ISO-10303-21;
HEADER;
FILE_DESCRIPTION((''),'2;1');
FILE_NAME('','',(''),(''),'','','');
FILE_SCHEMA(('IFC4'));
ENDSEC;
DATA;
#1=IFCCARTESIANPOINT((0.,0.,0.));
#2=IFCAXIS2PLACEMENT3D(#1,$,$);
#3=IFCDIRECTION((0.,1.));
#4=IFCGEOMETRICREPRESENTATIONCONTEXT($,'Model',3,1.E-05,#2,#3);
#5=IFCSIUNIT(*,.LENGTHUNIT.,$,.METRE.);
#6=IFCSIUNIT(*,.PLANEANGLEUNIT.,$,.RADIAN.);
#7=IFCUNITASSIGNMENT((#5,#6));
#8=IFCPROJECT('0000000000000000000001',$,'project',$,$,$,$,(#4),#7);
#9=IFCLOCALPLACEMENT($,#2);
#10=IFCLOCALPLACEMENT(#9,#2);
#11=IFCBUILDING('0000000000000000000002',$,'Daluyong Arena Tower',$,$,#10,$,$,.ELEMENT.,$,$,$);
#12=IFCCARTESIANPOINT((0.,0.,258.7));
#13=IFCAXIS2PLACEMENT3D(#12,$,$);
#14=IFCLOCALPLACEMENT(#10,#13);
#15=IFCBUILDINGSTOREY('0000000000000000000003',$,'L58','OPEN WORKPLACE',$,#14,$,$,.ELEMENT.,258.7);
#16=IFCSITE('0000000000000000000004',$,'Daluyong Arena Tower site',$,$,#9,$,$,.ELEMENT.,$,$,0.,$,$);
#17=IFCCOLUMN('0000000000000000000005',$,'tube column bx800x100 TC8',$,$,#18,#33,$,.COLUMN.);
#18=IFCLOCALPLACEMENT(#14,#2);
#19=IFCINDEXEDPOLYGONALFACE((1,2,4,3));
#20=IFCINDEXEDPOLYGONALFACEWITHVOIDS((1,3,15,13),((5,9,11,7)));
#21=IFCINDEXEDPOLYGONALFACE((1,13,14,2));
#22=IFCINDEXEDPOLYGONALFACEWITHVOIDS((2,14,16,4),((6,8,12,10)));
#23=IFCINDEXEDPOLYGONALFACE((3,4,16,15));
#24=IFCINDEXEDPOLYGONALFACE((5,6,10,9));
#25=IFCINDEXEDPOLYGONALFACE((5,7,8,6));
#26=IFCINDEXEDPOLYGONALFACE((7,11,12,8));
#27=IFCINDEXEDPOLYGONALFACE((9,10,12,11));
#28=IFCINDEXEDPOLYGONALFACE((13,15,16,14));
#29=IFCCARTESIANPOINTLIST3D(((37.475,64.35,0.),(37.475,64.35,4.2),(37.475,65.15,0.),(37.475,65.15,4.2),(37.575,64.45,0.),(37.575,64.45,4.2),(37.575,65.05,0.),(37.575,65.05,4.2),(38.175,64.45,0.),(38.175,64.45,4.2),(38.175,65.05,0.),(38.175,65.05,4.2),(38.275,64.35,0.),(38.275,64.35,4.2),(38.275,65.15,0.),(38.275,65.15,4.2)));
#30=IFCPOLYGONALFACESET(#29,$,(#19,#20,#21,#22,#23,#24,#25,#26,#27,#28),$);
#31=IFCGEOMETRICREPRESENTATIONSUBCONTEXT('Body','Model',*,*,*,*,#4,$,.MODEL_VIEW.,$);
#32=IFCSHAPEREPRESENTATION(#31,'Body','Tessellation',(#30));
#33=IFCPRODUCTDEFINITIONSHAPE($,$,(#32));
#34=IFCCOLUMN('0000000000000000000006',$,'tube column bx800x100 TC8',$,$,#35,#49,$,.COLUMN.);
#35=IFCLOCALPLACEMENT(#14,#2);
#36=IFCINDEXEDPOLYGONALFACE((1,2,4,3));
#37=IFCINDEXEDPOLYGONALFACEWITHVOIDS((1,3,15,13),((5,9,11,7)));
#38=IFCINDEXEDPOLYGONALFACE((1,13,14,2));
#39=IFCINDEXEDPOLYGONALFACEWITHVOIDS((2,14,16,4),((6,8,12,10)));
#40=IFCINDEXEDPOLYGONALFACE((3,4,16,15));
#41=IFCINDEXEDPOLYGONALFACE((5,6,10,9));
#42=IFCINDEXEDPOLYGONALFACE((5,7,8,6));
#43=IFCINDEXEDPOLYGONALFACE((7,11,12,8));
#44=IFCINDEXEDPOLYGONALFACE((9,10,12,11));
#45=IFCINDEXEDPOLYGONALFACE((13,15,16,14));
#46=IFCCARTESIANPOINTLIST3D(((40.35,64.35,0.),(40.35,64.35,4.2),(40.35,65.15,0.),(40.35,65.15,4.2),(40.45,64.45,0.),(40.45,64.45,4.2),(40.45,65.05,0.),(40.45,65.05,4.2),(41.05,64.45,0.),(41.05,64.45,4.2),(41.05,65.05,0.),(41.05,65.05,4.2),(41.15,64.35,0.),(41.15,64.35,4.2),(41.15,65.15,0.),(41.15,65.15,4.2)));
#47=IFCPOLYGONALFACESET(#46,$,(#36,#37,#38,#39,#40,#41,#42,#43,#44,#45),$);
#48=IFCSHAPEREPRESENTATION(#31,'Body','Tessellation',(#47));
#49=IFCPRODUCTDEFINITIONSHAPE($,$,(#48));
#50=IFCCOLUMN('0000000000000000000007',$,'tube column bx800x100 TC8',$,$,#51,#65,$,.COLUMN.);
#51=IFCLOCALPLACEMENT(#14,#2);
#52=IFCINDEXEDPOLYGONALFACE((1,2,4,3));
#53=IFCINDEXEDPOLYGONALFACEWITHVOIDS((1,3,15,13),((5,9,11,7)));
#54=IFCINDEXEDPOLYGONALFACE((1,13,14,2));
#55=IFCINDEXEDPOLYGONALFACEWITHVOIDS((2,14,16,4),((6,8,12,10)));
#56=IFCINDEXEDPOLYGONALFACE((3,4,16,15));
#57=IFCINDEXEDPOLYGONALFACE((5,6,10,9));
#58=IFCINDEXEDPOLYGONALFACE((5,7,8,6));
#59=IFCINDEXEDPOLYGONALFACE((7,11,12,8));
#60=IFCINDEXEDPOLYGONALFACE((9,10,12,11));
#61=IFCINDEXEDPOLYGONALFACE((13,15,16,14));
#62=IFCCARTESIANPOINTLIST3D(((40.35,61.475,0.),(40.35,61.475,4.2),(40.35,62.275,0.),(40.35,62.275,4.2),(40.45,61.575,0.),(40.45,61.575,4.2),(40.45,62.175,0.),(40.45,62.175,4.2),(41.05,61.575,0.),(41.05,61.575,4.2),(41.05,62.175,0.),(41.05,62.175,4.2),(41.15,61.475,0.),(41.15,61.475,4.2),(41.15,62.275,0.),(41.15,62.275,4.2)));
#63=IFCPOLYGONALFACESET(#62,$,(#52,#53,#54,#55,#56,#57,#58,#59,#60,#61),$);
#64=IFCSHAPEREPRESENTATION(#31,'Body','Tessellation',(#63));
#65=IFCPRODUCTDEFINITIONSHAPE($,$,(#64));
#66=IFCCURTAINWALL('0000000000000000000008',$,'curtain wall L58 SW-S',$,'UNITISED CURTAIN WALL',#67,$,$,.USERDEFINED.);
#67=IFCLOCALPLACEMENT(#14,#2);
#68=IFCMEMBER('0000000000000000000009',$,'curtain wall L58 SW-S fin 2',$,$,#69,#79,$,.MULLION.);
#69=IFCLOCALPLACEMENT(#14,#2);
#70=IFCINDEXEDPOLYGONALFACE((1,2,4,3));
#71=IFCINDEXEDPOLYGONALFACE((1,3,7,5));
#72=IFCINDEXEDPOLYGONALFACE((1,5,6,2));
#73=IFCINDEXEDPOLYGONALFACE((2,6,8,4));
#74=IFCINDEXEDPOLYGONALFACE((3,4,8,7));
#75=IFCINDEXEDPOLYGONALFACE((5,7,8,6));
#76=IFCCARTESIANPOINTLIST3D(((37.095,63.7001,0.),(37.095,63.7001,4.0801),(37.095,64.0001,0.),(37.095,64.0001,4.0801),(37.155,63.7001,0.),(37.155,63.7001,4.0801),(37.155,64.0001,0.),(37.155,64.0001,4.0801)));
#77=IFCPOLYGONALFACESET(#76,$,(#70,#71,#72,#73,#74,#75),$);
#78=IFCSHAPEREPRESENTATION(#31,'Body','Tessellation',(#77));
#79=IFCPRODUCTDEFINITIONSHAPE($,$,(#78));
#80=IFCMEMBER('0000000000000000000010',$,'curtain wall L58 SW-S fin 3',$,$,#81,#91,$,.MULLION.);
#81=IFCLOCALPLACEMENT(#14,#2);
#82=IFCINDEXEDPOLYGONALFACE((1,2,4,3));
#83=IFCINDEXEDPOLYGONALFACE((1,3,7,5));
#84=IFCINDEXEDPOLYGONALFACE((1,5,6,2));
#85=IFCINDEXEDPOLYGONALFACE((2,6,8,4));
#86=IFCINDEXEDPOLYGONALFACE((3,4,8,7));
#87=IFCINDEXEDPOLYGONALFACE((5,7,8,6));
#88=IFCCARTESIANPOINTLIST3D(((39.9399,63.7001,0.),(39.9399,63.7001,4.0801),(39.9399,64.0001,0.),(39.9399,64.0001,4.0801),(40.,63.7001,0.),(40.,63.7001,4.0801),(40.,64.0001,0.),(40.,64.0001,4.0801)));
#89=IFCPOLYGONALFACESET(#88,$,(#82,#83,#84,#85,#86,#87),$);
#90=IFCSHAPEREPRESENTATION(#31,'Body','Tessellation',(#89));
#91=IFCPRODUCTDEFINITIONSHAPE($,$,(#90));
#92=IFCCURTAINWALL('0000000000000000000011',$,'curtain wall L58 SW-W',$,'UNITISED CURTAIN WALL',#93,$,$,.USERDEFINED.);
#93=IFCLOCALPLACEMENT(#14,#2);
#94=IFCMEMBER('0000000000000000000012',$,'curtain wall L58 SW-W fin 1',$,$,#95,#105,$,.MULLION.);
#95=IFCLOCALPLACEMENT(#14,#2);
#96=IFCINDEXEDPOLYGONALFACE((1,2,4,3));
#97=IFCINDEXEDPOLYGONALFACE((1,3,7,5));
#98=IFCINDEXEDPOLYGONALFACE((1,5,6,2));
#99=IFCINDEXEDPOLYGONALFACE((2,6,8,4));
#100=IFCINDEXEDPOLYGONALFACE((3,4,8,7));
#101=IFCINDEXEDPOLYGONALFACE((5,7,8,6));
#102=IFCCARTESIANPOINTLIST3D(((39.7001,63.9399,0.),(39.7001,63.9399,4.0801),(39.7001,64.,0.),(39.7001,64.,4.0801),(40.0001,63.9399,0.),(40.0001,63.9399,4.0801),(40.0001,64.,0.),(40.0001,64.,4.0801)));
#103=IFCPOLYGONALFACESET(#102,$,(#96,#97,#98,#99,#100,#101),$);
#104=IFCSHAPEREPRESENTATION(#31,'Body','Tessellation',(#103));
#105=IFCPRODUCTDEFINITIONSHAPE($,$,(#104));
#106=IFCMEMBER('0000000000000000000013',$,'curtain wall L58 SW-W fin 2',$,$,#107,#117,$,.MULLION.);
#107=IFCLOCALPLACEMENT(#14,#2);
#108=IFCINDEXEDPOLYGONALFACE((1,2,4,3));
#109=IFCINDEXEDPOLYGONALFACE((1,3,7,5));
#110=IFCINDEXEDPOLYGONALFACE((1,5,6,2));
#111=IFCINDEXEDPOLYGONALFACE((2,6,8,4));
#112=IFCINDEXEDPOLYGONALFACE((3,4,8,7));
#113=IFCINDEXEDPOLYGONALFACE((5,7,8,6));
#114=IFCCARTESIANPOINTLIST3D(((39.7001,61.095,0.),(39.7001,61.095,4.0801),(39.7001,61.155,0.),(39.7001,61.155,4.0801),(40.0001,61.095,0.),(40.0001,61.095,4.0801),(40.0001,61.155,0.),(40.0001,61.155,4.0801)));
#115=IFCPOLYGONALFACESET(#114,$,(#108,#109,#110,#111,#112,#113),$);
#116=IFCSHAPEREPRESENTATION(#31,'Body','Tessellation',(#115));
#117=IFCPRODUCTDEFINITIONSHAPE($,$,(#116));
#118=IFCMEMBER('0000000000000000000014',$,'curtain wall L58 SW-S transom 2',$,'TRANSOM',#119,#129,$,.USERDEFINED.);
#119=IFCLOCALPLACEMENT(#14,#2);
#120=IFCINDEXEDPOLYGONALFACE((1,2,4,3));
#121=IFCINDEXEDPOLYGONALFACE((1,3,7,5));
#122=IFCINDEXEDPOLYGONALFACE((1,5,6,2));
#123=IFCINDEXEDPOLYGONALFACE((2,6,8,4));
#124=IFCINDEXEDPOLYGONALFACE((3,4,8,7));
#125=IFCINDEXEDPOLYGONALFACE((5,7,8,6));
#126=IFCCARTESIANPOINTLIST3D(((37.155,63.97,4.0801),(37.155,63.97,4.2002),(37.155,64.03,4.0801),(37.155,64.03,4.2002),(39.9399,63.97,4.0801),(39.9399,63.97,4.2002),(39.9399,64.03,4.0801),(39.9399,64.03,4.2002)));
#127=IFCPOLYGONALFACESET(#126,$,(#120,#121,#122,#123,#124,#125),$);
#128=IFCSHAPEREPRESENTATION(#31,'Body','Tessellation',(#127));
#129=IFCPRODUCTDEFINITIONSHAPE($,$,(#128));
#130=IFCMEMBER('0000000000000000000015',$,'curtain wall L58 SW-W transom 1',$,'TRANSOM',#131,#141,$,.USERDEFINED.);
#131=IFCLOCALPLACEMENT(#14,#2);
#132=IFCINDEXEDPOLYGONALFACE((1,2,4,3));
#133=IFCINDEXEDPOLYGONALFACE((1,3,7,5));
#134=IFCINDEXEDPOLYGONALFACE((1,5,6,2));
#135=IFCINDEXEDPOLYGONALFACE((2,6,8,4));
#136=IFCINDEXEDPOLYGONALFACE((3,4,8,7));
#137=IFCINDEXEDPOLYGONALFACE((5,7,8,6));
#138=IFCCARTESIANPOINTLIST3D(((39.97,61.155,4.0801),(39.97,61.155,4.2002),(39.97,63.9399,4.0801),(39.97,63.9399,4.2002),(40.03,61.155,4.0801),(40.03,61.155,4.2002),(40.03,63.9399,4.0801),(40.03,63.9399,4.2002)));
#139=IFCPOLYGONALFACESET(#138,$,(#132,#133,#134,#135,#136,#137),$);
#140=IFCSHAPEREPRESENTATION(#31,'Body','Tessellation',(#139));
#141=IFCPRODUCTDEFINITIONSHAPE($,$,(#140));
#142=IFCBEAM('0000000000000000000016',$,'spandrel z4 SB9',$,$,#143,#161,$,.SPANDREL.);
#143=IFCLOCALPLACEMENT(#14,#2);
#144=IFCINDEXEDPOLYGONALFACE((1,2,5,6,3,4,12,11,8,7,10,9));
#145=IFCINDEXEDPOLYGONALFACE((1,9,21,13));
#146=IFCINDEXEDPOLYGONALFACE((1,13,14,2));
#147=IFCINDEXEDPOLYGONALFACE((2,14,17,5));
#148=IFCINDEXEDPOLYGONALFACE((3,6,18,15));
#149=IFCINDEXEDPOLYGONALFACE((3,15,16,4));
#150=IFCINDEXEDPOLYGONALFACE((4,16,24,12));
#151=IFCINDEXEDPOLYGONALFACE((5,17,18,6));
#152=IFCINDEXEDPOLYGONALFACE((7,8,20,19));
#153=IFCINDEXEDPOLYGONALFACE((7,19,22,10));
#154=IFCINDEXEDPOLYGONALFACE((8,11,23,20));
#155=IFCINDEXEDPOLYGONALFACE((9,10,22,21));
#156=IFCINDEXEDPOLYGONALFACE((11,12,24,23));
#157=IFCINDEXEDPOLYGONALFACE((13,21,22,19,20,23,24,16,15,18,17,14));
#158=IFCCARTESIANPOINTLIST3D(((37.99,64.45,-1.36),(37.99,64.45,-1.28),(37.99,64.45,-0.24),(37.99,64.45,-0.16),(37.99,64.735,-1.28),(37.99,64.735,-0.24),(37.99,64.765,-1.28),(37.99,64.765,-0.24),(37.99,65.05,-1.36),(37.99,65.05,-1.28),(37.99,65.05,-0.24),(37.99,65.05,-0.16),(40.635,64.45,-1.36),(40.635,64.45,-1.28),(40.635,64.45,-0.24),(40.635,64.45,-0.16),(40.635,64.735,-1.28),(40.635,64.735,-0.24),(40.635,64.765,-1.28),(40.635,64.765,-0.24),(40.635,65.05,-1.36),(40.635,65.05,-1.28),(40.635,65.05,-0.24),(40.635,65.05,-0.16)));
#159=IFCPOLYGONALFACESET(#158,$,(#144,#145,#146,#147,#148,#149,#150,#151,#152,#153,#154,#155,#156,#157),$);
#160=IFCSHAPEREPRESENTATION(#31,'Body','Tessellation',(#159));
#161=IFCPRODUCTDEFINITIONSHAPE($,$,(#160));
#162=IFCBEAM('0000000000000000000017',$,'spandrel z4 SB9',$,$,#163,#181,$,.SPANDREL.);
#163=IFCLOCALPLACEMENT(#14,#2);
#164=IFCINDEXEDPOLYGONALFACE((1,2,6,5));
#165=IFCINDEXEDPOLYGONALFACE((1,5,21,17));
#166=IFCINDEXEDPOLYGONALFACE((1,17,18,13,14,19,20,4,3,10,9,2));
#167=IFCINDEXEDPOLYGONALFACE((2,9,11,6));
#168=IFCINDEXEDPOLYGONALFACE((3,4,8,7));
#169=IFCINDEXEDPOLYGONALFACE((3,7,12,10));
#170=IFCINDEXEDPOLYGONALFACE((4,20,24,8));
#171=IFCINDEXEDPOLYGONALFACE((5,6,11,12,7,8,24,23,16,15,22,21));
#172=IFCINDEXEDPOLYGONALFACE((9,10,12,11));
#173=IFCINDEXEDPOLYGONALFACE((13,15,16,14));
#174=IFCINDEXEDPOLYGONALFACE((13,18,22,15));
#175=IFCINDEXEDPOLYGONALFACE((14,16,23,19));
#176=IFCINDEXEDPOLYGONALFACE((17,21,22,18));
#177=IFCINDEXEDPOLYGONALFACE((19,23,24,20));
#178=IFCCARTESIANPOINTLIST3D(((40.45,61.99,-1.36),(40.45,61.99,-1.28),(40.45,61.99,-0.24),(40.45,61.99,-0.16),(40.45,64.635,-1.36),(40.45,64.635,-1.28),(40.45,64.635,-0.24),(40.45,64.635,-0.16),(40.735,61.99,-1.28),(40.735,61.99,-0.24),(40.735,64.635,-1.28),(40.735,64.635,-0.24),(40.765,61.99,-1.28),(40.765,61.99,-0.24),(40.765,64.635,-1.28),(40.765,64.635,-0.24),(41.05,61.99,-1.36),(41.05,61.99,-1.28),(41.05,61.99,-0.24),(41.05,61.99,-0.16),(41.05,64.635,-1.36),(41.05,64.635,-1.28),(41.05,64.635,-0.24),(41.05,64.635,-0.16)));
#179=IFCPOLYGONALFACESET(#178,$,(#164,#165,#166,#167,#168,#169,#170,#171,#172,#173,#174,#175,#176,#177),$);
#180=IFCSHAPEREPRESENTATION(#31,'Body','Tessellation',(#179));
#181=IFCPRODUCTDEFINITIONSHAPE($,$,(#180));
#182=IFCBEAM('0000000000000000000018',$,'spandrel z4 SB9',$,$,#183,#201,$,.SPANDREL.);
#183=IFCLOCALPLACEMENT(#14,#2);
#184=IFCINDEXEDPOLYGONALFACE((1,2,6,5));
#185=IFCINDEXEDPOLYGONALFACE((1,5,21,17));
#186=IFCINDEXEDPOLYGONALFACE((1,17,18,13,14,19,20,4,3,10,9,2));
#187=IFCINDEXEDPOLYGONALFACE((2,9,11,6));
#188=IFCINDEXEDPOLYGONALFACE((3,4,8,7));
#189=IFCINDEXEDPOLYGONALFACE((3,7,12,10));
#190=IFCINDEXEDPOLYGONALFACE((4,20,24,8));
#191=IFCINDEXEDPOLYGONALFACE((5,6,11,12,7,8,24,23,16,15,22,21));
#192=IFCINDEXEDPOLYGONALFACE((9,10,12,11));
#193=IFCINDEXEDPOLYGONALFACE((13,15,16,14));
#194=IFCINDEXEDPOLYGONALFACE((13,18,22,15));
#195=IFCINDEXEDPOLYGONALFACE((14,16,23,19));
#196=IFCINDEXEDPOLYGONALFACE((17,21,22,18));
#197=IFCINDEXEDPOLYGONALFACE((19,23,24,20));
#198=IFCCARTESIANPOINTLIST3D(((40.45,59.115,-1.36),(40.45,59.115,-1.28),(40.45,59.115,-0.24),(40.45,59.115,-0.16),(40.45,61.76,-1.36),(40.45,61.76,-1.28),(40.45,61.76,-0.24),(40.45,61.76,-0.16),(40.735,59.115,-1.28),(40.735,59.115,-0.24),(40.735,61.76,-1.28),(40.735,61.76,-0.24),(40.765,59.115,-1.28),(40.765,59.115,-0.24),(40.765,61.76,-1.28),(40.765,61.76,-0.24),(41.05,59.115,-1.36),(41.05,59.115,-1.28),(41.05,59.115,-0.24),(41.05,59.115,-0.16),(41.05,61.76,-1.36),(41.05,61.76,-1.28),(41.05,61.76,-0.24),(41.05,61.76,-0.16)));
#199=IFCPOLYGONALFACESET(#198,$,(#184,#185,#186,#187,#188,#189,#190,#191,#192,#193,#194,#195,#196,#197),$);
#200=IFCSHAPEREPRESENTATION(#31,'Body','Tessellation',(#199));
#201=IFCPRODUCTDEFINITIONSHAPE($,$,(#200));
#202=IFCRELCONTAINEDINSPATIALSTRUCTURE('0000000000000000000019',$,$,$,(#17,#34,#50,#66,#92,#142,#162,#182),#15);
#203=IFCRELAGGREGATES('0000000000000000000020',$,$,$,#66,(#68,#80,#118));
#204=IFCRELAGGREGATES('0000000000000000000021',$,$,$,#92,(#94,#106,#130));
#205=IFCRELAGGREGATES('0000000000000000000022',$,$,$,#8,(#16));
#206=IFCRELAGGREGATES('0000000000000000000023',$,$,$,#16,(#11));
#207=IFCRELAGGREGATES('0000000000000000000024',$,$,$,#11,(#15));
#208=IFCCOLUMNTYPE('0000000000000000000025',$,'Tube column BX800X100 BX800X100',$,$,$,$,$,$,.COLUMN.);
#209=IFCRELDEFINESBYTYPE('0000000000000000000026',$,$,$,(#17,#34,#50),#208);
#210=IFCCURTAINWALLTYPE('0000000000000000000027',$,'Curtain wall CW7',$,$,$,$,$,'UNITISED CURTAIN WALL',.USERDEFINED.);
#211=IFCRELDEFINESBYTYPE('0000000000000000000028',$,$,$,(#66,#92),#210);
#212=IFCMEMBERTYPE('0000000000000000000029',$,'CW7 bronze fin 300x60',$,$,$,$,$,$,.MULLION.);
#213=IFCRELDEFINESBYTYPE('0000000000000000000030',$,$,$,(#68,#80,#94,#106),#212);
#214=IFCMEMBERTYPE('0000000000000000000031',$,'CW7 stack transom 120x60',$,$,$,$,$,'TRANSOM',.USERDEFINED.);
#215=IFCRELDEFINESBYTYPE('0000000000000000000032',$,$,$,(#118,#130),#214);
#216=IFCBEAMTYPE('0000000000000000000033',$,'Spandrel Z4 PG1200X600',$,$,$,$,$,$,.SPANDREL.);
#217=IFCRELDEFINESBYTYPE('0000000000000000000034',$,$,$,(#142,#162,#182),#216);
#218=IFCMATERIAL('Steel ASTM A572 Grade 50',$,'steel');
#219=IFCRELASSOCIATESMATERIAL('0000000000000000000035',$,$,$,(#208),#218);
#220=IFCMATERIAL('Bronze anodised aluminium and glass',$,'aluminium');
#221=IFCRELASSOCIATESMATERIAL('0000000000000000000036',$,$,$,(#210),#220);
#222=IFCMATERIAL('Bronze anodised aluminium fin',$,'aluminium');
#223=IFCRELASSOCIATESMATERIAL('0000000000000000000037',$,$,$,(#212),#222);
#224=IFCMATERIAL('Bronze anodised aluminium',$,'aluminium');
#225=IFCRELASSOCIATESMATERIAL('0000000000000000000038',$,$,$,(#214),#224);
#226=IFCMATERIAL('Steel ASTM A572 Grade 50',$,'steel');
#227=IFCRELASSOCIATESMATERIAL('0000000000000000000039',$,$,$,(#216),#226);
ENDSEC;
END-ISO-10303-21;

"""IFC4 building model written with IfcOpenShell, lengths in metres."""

from ifc_helpers import new_model, si_unit, direction, frame, origin, origin_2d, place, context, subcontext, project, spatial, rectangle, hollow_rectangle, i_section, extrude, material, material_profile, profile_set, type_object, element, aggregate, save


model = new_model("IFC4")

# Units and contexts
model_context = context("Model", 3, precision=1e-05, world=origin(), true_north=direction((0.0, 1.0)))
body_context = subcontext(model_context, "Body", "Model", "MODEL_VIEW")
ifc_project = project(units=[si_unit("LENGTHUNIT", "METRE"), si_unit("PLANEANGLEUNIT", "RADIAN")], contexts=[model_context])

# Site, building, storey
site_placement = place(None, origin())
site = spatial("IfcSite", under=ifc_project, at=site_placement, Name="Daluyong Arena Tower site", CompositionType="ELEMENT", RefElevation=0.0)
building_placement = place(site_placement, origin())
building = spatial("IfcBuilding", under=site, at=building_placement, Name="Daluyong Arena Tower", CompositionType="ELEMENT")
storey_placement = place(building_placement, frame((0.0, 0.0, 258.7)))
storey = spatial("IfcBuildingStorey", under=building, at=storey_placement, Name="L58", Description="OPEN WORKPLACE", CompositionType="ELEMENT", Elevation=258.7)

# Columns
ifc_material_1 = material(Name="Steel ASTM A572 Grade 50", Category="steel")
ifc_material_profile_1 = material_profile(ifc_material_1, hollow_rectangle(XDim=0.8, YDim=0.8, WallThickness=0.1, at=origin_2d()))
ifc_profile_set_1 = profile_set([ifc_material_profile_1], Name="Steel ASTM A572 Grade 50")
column_type = type_object("IfcColumnType", Name="Tube column BX800X100 BX800X100", PredefinedType="COLUMN", material=ifc_profile_set_1)
for number, where, z_axis, x_axis, name in (
    (1, (37.875, 64.75, 0.0), (0.0, 0.0, 1.0), (1.0, 0.0, 0.0), "tube column bx800x100 TC8"),
    (2, (40.75, 64.75, 0.0), (0.0, 0.0, 1.0), (0.0, 1.0, 0.0), "tube column bx800x100 TC8"),
    (3, (40.75, 61.875, 0.0), (0.0, 0.0, 1.0), (0.0, 1.0, 0.0), "tube column bx800x100 TC8"),
):
    element("IfcColumn", number, at=place(storey_placement, frame(where, z_axis=z_axis, x_axis=x_axis)), inside=storey, type_object=column_type, Name=name, PredefinedType="COLUMN", context=body_context, shape_type="SweptSolid", body=[
        extrude(hollow_rectangle(XDim=0.8, YDim=0.8, WallThickness=0.1, at=origin_2d()), origin(), (0.0, 0.0, 1.0), 4.2),
    ])

# Curtain walls, members
ifc_material_2 = material(Name="Bronze anodised aluminium and glass", Category="aluminium")
curtain_wall_type = type_object("IfcCurtainWallType", Name="Curtain wall CW7", ElementType="UNITISED CURTAIN WALL", PredefinedType="USERDEFINED", material=ifc_material_2)
curtain_wall_1_placement = place(storey_placement, origin())
curtain_wall_1 = element("IfcCurtainWall", 4, at=curtain_wall_1_placement, inside=storey, type_object=curtain_wall_type, Name="curtain wall L58 SW-S", ObjectType="UNITISED CURTAIN WALL", PredefinedType="USERDEFINED")
ifc_material_3 = material(Name="Bronze anodised aluminium fin", Category="aluminium")
ifc_material_profile_2 = material_profile(ifc_material_3, rectangle(XDim=0.3, YDim=0.0601, at=origin_2d()))
ifc_profile_set_2 = profile_set([ifc_material_profile_2], Name="Bronze anodised aluminium fin")
member_type_1 = type_object("IfcMemberType", Name="CW7 bronze fin 300x60", PredefinedType="MULLION", material=ifc_profile_set_2)
member_1_placement = place(storey_placement, frame((37.125, 63.8501, 0.0), z_axis=(0.0, 0.0, 1.0), x_axis=(0.0, 1.0, 0.0)))
member_1 = element("IfcMember", 5, at=member_1_placement, type_object=member_type_1, Name="curtain wall L58 SW-S fin 2", PredefinedType="MULLION", context=body_context, shape_type="SweptSolid", body=[
    extrude(rectangle(XDim=0.3, YDim=0.0601, at=origin_2d()), origin(), (0.0, 0.0, 1.0), 4.0801),
])
member_2_placement = place(storey_placement, frame((39.97, 63.8501, 0.0), z_axis=(0.0, 0.0, 1.0), x_axis=(0.0, 1.0, 0.0)))
member_2 = element("IfcMember", 6, at=member_2_placement, type_object=member_type_1, Name="curtain wall L58 SW-S fin 3", PredefinedType="MULLION", context=body_context, shape_type="SweptSolid", body=[
    extrude(rectangle(XDim=0.3, YDim=0.0601, at=origin_2d()), origin(), (0.0, 0.0, 1.0), 4.0801),
])
curtain_wall_2_placement = place(storey_placement, origin())
curtain_wall_2 = element("IfcCurtainWall", 7, at=curtain_wall_2_placement, inside=storey, type_object=curtain_wall_type, Name="curtain wall L58 SW-W", ObjectType="UNITISED CURTAIN WALL", PredefinedType="USERDEFINED")
member_3_placement = place(storey_placement, frame((39.8501, 63.97, 0.0), z_axis=(0.0, 0.0, 1.0), x_axis=(1.0, 0.0, 0.0)))
member_3 = element("IfcMember", 8, at=member_3_placement, type_object=member_type_1, Name="curtain wall L58 SW-W fin 1", PredefinedType="MULLION", context=body_context, shape_type="SweptSolid", body=[
    extrude(rectangle(XDim=0.3, YDim=0.0601, at=origin_2d()), origin(), (0.0, 0.0, 1.0), 4.0801),
])
member_4_placement = place(storey_placement, frame((39.8501, 61.125, 0.0), z_axis=(0.0, 0.0, 1.0), x_axis=(1.0, 0.0, 0.0)))
member_4 = element("IfcMember", 9, at=member_4_placement, type_object=member_type_1, Name="curtain wall L58 SW-W fin 2", PredefinedType="MULLION", context=body_context, shape_type="SweptSolid", body=[
    extrude(rectangle(XDim=0.3, YDim=0.0601, at=origin_2d()), origin(), (0.0, 0.0, 1.0), 4.0801),
])

# Members
ifc_material_4 = material(Name="Bronze anodised aluminium", Category="aluminium")
ifc_material_profile_3 = material_profile(ifc_material_4, rectangle(XDim=0.0601, YDim=0.1201, at=origin_2d()))
ifc_profile_set_3 = profile_set([ifc_material_profile_3], Name="Bronze anodised aluminium")
member_type_2 = type_object("IfcMemberType", Name="CW7 stack transom 120x60", ElementType="TRANSOM", PredefinedType="USERDEFINED", material=ifc_profile_set_3)
member_5_placement = place(storey_placement, frame((37.155, 64.0, 4.1401), z_axis=(1.0, 0.0, 0.0), x_axis=(0.0, 1.0, 0.0)))
member_5 = element("IfcMember", 10, at=member_5_placement, type_object=member_type_2, Name="curtain wall L58 SW-S transom 2", ObjectType="TRANSOM", PredefinedType="USERDEFINED", context=body_context, shape_type="SweptSolid", body=[
    extrude(rectangle(XDim=0.0601, YDim=0.1201, at=origin_2d()), origin(), (0.0, 0.0, 1.0), 2.7849),
])
member_6_placement = place(storey_placement, frame((40.0, 63.9399, 4.1401), z_axis=(0.0, -1.0, 0.0), x_axis=(1.0, 0.0, 0.0)))
member_6 = element("IfcMember", 11, at=member_6_placement, type_object=member_type_2, Name="curtain wall L58 SW-W transom 1", ObjectType="TRANSOM", PredefinedType="USERDEFINED", context=body_context, shape_type="SweptSolid", body=[
    extrude(rectangle(XDim=0.0601, YDim=0.1201, at=origin_2d()), origin(), (0.0, 0.0, 1.0), 2.7849),
])

# Beams
ifc_material_5 = material(Name="Steel ASTM A572 Grade 50", Category="steel")
ifc_material_profile_4 = material_profile(ifc_material_5, i_section(OverallWidth=0.6001, OverallDepth=1.2, WebThickness=0.03, FlangeThickness=0.08, at=origin_2d()))
ifc_profile_set_4 = profile_set([ifc_material_profile_4], Name="Steel ASTM A572 Grade 50")
beam_type = type_object("IfcBeamType", Name="Spandrel Z4 PG1200X600", PredefinedType="SPANDREL", material=ifc_profile_set_4)
for number, where, z_axis, x_axis, name in (
    (12, (37.99, 64.75, -0.76), (1.0, 0.0, 0.0), (0.0, 1.0, 0.0), "spandrel z4 SB9"),
    (13, (40.75, 64.635, -0.76), (0.0, -1.0, 0.0), (1.0, 0.0, 0.0), "spandrel z4 SB9"),
    (14, (40.75, 61.76, -0.76), (0.0, -1.0, 0.0), (1.0, 0.0, 0.0), "spandrel z4 SB9"),
):
    element("IfcBeam", number, at=place(storey_placement, frame(where, z_axis=z_axis, x_axis=x_axis)), inside=storey, type_object=beam_type, Name=name, PredefinedType="SPANDREL", context=body_context, shape_type="SweptSolid", body=[
        extrude(i_section(OverallWidth=0.6001, OverallDepth=1.2, WebThickness=0.03, FlangeThickness=0.08, at=origin_2d()), origin(), (0.0, 0.0, 1.0), 2.645),
    ])

aggregate(curtain_wall_1, [member_1, member_2, member_5])
aggregate(curtain_wall_2, [member_3, member_4, member_6])

save(model, "model.ifc")
